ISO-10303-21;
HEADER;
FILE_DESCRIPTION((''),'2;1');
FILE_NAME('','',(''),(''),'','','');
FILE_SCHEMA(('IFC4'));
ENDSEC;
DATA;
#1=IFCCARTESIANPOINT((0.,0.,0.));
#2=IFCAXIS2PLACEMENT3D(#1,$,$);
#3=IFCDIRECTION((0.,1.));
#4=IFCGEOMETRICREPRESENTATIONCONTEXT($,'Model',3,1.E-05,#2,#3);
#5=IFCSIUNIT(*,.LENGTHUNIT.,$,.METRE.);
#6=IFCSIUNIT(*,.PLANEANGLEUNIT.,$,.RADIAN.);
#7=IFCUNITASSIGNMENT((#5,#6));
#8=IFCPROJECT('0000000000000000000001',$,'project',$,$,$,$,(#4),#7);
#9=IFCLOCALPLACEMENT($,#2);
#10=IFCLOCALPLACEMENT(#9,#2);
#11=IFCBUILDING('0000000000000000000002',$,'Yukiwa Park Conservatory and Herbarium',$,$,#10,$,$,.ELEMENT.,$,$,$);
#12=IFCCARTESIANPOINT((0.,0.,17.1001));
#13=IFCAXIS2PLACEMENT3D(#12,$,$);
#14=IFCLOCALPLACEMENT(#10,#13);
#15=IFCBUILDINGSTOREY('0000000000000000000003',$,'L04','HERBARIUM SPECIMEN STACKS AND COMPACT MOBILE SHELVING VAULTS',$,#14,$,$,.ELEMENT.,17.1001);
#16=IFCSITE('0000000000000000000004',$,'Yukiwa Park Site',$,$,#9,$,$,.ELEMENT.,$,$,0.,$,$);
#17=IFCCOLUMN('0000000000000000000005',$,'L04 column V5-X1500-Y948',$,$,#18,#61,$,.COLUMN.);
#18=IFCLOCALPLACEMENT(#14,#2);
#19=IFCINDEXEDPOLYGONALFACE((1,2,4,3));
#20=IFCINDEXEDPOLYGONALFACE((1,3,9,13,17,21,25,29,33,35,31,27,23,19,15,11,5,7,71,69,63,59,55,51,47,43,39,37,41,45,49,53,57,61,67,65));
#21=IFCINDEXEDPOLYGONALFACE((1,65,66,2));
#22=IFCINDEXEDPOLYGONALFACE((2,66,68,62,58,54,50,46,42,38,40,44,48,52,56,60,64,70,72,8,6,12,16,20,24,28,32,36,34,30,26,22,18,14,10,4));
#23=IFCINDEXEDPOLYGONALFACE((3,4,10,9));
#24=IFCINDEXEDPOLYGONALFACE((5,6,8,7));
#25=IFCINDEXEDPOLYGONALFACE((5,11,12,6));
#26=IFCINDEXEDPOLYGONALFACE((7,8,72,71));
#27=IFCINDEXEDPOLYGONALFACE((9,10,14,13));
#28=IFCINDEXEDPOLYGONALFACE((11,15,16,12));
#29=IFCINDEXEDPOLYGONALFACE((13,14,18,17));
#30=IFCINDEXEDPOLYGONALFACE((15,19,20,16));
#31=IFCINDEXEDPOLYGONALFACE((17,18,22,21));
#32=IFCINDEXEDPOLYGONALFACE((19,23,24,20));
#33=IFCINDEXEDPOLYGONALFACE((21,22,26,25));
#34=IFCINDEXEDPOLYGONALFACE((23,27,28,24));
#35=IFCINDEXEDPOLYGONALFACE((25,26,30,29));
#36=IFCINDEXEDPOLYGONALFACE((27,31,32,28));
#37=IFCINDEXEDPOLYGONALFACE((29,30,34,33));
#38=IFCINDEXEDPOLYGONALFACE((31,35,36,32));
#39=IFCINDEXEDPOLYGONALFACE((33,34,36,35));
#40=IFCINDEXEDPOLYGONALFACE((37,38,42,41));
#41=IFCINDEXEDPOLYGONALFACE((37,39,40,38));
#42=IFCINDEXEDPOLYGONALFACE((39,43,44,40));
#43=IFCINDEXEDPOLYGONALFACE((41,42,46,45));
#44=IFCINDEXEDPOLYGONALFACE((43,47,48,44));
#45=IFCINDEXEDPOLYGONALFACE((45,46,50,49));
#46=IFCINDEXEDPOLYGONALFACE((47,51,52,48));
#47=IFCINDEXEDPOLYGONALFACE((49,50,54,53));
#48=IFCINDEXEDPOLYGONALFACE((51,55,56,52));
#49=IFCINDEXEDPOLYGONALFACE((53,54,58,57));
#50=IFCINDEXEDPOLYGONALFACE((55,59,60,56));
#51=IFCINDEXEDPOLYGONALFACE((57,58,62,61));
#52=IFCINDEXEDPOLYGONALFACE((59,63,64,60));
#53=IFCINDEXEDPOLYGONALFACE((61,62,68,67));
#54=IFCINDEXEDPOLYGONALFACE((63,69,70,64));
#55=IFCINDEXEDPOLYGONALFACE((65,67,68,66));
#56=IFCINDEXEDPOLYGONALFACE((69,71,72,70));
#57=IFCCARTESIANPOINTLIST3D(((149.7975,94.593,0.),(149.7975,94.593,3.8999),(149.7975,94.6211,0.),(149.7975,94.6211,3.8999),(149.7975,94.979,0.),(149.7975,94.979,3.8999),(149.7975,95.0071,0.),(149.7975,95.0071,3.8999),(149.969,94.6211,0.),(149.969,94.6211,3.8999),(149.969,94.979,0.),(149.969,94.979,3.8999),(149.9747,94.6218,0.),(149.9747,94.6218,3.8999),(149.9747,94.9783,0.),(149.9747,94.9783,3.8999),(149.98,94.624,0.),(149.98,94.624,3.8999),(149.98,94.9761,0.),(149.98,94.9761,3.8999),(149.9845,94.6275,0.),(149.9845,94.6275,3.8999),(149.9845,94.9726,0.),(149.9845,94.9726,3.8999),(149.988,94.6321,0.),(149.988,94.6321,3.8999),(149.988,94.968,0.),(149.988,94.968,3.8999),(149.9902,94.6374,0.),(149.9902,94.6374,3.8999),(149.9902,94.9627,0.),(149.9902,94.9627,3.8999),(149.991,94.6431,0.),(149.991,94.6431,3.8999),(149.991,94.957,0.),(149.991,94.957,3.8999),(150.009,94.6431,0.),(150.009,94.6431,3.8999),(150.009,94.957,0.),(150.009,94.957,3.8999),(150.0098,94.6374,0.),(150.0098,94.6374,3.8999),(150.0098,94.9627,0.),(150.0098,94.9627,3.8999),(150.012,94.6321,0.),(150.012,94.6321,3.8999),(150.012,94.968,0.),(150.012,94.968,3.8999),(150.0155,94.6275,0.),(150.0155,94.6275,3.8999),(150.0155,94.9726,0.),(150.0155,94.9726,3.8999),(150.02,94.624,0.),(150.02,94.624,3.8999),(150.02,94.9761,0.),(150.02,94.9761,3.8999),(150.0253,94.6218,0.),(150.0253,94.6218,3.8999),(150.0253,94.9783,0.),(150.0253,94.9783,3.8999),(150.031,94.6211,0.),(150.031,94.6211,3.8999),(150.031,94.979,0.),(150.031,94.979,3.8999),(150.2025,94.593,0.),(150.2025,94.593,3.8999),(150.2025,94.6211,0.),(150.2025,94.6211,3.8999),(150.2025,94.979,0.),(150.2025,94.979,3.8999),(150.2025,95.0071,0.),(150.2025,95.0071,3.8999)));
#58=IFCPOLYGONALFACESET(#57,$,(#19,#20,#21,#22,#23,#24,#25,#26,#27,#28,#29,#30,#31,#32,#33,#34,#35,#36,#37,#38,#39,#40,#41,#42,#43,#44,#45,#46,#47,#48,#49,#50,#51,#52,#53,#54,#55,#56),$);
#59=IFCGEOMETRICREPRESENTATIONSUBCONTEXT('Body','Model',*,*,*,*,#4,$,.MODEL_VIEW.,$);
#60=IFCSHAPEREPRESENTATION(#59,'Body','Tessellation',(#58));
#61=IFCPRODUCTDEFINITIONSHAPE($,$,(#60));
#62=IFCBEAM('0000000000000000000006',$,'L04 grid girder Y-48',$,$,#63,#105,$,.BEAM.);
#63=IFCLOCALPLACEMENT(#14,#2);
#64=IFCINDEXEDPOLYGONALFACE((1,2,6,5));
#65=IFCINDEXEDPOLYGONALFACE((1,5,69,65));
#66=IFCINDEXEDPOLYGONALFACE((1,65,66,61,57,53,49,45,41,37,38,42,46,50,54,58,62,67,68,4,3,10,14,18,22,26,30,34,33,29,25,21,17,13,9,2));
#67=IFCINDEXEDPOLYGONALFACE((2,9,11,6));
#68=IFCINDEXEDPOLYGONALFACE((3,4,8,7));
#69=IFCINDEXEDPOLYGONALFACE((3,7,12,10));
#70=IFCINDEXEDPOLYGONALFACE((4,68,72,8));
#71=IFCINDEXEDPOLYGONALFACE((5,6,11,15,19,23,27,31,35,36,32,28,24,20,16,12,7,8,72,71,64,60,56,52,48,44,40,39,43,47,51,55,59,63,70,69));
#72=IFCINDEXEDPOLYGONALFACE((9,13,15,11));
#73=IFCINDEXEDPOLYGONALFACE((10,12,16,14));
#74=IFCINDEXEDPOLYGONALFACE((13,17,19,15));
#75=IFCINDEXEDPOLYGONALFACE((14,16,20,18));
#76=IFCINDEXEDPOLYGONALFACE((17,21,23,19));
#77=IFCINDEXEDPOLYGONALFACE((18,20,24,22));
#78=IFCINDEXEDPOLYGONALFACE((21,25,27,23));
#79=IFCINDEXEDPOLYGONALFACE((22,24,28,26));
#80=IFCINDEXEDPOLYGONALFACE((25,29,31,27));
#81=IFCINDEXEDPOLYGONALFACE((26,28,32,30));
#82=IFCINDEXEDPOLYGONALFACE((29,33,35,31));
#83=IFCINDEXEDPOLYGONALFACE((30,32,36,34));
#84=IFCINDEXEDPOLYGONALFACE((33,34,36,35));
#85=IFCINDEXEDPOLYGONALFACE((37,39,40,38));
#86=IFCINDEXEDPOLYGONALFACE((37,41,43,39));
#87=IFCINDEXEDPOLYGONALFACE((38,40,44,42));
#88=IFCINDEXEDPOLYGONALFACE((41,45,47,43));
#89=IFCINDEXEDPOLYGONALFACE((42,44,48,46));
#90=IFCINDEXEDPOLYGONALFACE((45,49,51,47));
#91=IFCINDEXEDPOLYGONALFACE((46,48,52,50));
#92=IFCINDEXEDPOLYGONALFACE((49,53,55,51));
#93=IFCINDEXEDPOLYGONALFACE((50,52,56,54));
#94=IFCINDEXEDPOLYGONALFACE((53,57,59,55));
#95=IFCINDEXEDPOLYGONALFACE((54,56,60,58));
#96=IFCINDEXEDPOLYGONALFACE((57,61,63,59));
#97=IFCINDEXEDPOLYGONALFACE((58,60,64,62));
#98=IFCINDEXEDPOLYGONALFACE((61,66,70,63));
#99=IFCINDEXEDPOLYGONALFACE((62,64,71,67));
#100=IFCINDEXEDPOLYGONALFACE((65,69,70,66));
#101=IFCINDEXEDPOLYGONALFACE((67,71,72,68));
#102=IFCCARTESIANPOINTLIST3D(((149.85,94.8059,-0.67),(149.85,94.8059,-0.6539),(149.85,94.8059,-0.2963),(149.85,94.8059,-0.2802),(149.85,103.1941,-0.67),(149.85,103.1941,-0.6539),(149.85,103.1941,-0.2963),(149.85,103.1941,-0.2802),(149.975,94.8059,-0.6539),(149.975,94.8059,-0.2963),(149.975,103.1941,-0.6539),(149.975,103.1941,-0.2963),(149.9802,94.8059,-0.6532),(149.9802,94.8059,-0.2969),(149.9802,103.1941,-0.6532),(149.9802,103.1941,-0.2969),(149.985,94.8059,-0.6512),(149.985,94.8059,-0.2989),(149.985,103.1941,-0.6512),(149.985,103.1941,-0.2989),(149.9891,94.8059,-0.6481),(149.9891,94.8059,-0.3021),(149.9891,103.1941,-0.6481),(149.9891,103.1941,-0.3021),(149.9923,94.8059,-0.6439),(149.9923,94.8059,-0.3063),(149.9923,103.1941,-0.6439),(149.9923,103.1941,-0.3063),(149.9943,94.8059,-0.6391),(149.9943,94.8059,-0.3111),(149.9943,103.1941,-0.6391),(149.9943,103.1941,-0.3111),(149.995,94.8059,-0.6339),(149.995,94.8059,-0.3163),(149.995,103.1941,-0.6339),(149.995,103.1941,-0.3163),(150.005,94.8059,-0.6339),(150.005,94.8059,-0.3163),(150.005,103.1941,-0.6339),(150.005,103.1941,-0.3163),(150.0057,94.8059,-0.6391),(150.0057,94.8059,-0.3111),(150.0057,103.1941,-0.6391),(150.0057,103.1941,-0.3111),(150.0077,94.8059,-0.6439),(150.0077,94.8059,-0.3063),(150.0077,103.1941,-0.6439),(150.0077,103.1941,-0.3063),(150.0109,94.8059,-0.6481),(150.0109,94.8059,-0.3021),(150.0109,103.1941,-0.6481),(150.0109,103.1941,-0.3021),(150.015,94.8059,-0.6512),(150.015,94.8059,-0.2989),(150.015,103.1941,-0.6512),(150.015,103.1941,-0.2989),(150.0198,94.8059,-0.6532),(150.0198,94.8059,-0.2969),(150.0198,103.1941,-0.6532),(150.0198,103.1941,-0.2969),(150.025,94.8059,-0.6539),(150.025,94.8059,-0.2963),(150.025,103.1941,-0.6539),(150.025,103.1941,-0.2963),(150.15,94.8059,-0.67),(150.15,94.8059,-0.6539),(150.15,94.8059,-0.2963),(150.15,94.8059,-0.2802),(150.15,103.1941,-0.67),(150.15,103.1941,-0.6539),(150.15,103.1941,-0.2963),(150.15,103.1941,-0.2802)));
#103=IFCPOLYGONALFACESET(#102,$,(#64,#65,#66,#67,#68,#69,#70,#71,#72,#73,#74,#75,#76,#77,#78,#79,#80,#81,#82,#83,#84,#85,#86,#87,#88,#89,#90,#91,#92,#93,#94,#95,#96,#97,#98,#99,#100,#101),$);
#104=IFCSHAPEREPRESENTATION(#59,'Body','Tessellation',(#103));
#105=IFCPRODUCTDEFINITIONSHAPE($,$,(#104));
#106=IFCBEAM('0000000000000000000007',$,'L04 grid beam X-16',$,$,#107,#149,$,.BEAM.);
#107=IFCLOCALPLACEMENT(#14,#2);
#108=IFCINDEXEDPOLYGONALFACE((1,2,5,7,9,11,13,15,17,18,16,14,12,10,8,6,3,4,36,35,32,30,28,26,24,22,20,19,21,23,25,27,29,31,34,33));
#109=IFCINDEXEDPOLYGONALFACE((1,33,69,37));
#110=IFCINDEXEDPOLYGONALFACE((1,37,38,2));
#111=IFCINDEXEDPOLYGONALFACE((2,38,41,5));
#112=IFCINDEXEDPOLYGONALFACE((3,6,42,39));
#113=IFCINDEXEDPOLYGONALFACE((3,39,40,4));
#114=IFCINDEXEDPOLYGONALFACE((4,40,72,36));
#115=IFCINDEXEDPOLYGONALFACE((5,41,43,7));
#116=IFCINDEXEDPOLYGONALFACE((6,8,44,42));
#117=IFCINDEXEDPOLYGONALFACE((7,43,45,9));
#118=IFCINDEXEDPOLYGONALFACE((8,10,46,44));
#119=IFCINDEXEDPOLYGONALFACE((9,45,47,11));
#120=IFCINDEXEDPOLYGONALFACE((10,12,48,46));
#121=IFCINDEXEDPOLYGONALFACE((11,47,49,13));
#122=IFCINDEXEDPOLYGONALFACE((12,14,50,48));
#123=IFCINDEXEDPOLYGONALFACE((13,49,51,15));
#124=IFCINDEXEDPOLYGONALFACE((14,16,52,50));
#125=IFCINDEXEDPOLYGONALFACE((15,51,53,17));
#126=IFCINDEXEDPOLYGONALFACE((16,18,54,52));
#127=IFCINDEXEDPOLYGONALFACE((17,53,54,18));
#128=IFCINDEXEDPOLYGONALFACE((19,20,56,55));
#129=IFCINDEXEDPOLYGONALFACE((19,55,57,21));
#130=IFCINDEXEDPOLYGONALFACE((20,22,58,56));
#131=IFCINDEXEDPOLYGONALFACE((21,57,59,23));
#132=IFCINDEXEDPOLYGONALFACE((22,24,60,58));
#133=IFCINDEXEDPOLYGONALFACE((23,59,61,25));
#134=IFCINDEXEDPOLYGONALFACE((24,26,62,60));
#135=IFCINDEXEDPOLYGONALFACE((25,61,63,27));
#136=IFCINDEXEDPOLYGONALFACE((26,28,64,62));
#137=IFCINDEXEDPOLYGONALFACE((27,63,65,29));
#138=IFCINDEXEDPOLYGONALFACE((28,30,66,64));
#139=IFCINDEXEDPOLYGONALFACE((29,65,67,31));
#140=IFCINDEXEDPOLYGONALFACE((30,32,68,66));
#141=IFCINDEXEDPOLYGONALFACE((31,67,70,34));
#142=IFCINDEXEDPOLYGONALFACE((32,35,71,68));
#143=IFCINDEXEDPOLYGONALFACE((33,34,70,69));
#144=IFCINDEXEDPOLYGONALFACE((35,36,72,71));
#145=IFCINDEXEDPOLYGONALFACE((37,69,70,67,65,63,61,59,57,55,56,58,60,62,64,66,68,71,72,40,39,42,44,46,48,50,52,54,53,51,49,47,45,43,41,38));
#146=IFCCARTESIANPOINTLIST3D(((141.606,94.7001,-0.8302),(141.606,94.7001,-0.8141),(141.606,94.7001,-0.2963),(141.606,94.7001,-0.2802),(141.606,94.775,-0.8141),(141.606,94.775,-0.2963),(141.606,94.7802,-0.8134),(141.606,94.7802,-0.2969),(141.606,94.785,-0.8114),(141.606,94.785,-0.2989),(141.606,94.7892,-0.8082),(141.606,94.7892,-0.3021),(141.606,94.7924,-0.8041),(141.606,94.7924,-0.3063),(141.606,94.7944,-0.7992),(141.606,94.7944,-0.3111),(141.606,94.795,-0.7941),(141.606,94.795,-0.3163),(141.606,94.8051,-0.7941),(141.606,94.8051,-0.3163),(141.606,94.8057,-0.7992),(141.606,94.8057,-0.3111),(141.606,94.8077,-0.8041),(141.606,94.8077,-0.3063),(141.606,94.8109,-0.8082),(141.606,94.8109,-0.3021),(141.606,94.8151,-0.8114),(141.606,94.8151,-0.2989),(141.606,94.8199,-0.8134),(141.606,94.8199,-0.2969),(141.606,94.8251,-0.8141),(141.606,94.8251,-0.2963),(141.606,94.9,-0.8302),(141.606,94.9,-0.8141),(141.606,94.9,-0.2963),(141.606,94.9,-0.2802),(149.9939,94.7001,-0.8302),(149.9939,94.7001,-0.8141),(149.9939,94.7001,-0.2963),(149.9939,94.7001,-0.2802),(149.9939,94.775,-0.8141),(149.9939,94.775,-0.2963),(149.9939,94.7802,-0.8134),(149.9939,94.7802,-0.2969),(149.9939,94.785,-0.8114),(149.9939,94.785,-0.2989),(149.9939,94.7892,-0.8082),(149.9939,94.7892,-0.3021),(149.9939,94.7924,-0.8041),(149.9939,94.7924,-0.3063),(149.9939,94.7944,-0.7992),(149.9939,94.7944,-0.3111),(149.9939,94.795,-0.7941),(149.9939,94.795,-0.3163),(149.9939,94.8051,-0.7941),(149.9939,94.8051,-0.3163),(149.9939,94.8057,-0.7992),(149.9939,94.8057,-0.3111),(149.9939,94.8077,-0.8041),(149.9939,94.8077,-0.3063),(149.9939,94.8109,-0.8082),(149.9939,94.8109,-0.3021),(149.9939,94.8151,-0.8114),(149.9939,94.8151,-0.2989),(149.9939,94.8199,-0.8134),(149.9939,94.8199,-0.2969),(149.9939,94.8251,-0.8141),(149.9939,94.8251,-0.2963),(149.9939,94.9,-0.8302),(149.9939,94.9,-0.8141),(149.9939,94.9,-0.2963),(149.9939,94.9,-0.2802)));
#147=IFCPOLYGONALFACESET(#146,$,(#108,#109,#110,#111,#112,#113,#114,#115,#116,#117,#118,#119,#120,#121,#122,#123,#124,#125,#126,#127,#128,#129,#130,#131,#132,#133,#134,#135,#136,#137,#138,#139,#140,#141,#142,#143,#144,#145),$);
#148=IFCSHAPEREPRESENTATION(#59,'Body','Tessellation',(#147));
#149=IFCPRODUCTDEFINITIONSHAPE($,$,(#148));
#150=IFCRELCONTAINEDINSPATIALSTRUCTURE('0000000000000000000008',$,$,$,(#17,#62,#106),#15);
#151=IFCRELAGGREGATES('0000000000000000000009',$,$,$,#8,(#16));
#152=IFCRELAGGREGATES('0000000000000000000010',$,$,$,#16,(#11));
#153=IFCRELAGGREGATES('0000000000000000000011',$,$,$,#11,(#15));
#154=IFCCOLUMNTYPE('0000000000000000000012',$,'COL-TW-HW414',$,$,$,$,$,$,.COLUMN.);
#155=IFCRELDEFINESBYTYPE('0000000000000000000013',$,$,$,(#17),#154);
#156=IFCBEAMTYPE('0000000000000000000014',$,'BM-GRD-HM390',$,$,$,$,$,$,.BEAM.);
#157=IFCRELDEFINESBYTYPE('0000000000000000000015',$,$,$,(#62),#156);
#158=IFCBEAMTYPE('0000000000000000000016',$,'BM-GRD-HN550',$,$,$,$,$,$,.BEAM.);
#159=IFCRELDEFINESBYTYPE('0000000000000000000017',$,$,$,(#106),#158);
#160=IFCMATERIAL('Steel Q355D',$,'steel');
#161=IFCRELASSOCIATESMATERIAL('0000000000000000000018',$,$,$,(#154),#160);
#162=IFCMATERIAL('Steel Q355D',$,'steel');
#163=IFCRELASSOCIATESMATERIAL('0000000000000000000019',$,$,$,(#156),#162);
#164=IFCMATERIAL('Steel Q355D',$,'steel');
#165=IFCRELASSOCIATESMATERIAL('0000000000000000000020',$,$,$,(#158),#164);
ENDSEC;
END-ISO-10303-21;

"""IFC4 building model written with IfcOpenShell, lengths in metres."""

from ifc_helpers import new_model, si_unit, direction, frame, origin, origin_2d, place, context, subcontext, project, spatial, i_section, extrude, material, material_profile, profile_set, type_object, element, save


model = new_model("IFC4")

# Units and contexts
model_context = context("Model", 3, precision=1e-05, world=origin(), true_north=direction((0.0, 1.0)))
body_context = subcontext(model_context, "Body", "Model", "MODEL_VIEW")
ifc_project = project(units=[si_unit("LENGTHUNIT", "METRE"), si_unit("PLANEANGLEUNIT", "RADIAN")], contexts=[model_context])

# Site, building, storey
site_placement = place(None, origin())
site = spatial("IfcSite", under=ifc_project, at=site_placement, Name="Yukiwa Park Site", CompositionType="ELEMENT", RefElevation=0.0)
building_placement = place(site_placement, origin())
building = spatial("IfcBuilding", under=site, at=building_placement, Name="Yukiwa Park Conservatory and Herbarium", CompositionType="ELEMENT")
storey_placement = place(building_placement, frame((0.0, 0.0, 17.1001)))
storey = spatial("IfcBuildingStorey", under=building, at=storey_placement, Name="L04", Description="HERBARIUM SPECIMEN STACKS AND COMPACT MOBILE SHELVING VAULTS", CompositionType="ELEMENT", Elevation=17.1001)

# Column
ifc_material_1 = material(Name="Steel Q355D", Category="steel")
ifc_material_profile_1 = material_profile(ifc_material_1, i_section(OverallWidth=0.405, OverallDepth=0.4141, WebThickness=0.0181, FlangeThickness=0.0281, FilletRadius=0.022, at=origin_2d()), Name="HW 414x405x18x28")
ifc_profile_set_1 = profile_set([ifc_material_profile_1], Name="Steel Q355D")
column_type = type_object("IfcColumnType", Name="COL-TW-HW414", PredefinedType="COLUMN", material=ifc_profile_set_1)
column_placement = place(storey_placement, frame((150.0, 94.8, 0.0), z_axis=(0.0, 0.0, 1.0), x_axis=(1.0, 0.0, 0.0)))
element("IfcColumn", 1, at=column_placement, inside=storey, type_object=column_type, Name="L04 column V5-X1500-Y948", PredefinedType="COLUMN", context=body_context, shape_type="SweptSolid", body=[
    extrude(i_section(OverallWidth=0.405, OverallDepth=0.4141, WebThickness=0.0181, FlangeThickness=0.0281, FilletRadius=0.022, at=origin_2d()), origin(), (0.0, 0.0, 1.0), 3.8999),
])

# Beams
ifc_material_2 = material(Name="Steel Q355D", Category="steel")
ifc_material_profile_2 = material_profile(ifc_material_2, i_section(OverallWidth=0.3, OverallDepth=0.3899, WebThickness=0.01, FlangeThickness=0.0161, FilletRadius=0.02, at=origin_2d()), Name="HM 390x300x10x16")
ifc_profile_set_2 = profile_set([ifc_material_profile_2], Name="Steel Q355D")
beam_type_1 = type_object("IfcBeamType", Name="BM-GRD-HM390", PredefinedType="BEAM", material=ifc_profile_set_2)
beam_1_placement = place(storey_placement, frame((150.0, 94.8059, -0.4751), z_axis=(0.0, 1.0, 0.0), x_axis=(-1.0, 0.0, 0.0)))
element("IfcBeam", 2, at=beam_1_placement, inside=storey, type_object=beam_type_1, Name="L04 grid girder Y-48", PredefinedType="BEAM", context=body_context, shape_type="SweptSolid", body=[
    extrude(i_section(OverallWidth=0.3, OverallDepth=0.3899, WebThickness=0.01, FlangeThickness=0.0161, FilletRadius=0.02, at=origin_2d()), origin(), (0.0, 0.0, 1.0), 8.3882),
])
ifc_material_3 = material(Name="Steel Q355D", Category="steel")
ifc_material_profile_3 = material_profile(ifc_material_3, i_section(OverallWidth=0.2, OverallDepth=0.55, WebThickness=0.01, FlangeThickness=0.0161, FilletRadius=0.02, at=origin_2d()), Name="HN 550x200x10x16")
ifc_profile_set_3 = profile_set([ifc_material_profile_3], Name="Steel Q355D")
beam_type_2 = type_object("IfcBeamType", Name="BM-GRD-HN550", PredefinedType="BEAM", material=ifc_profile_set_3)
beam_2_placement = place(storey_placement, frame((141.606, 94.8, -0.5552), z_axis=(1.0, 0.0, 0.0), x_axis=(0.0, 1.0, 0.0)))
element("IfcBeam", 3, at=beam_2_placement, inside=storey, type_object=beam_type_2, Name="L04 grid beam X-16", PredefinedType="BEAM", context=body_context, shape_type="SweptSolid", body=[
    extrude(i_section(OverallWidth=0.2, OverallDepth=0.55, WebThickness=0.01, FlangeThickness=0.0161, FilletRadius=0.02, at=origin_2d()), origin(), (0.0, 0.0, 1.0), 8.3879),
])

save(model, "model.ifc")
